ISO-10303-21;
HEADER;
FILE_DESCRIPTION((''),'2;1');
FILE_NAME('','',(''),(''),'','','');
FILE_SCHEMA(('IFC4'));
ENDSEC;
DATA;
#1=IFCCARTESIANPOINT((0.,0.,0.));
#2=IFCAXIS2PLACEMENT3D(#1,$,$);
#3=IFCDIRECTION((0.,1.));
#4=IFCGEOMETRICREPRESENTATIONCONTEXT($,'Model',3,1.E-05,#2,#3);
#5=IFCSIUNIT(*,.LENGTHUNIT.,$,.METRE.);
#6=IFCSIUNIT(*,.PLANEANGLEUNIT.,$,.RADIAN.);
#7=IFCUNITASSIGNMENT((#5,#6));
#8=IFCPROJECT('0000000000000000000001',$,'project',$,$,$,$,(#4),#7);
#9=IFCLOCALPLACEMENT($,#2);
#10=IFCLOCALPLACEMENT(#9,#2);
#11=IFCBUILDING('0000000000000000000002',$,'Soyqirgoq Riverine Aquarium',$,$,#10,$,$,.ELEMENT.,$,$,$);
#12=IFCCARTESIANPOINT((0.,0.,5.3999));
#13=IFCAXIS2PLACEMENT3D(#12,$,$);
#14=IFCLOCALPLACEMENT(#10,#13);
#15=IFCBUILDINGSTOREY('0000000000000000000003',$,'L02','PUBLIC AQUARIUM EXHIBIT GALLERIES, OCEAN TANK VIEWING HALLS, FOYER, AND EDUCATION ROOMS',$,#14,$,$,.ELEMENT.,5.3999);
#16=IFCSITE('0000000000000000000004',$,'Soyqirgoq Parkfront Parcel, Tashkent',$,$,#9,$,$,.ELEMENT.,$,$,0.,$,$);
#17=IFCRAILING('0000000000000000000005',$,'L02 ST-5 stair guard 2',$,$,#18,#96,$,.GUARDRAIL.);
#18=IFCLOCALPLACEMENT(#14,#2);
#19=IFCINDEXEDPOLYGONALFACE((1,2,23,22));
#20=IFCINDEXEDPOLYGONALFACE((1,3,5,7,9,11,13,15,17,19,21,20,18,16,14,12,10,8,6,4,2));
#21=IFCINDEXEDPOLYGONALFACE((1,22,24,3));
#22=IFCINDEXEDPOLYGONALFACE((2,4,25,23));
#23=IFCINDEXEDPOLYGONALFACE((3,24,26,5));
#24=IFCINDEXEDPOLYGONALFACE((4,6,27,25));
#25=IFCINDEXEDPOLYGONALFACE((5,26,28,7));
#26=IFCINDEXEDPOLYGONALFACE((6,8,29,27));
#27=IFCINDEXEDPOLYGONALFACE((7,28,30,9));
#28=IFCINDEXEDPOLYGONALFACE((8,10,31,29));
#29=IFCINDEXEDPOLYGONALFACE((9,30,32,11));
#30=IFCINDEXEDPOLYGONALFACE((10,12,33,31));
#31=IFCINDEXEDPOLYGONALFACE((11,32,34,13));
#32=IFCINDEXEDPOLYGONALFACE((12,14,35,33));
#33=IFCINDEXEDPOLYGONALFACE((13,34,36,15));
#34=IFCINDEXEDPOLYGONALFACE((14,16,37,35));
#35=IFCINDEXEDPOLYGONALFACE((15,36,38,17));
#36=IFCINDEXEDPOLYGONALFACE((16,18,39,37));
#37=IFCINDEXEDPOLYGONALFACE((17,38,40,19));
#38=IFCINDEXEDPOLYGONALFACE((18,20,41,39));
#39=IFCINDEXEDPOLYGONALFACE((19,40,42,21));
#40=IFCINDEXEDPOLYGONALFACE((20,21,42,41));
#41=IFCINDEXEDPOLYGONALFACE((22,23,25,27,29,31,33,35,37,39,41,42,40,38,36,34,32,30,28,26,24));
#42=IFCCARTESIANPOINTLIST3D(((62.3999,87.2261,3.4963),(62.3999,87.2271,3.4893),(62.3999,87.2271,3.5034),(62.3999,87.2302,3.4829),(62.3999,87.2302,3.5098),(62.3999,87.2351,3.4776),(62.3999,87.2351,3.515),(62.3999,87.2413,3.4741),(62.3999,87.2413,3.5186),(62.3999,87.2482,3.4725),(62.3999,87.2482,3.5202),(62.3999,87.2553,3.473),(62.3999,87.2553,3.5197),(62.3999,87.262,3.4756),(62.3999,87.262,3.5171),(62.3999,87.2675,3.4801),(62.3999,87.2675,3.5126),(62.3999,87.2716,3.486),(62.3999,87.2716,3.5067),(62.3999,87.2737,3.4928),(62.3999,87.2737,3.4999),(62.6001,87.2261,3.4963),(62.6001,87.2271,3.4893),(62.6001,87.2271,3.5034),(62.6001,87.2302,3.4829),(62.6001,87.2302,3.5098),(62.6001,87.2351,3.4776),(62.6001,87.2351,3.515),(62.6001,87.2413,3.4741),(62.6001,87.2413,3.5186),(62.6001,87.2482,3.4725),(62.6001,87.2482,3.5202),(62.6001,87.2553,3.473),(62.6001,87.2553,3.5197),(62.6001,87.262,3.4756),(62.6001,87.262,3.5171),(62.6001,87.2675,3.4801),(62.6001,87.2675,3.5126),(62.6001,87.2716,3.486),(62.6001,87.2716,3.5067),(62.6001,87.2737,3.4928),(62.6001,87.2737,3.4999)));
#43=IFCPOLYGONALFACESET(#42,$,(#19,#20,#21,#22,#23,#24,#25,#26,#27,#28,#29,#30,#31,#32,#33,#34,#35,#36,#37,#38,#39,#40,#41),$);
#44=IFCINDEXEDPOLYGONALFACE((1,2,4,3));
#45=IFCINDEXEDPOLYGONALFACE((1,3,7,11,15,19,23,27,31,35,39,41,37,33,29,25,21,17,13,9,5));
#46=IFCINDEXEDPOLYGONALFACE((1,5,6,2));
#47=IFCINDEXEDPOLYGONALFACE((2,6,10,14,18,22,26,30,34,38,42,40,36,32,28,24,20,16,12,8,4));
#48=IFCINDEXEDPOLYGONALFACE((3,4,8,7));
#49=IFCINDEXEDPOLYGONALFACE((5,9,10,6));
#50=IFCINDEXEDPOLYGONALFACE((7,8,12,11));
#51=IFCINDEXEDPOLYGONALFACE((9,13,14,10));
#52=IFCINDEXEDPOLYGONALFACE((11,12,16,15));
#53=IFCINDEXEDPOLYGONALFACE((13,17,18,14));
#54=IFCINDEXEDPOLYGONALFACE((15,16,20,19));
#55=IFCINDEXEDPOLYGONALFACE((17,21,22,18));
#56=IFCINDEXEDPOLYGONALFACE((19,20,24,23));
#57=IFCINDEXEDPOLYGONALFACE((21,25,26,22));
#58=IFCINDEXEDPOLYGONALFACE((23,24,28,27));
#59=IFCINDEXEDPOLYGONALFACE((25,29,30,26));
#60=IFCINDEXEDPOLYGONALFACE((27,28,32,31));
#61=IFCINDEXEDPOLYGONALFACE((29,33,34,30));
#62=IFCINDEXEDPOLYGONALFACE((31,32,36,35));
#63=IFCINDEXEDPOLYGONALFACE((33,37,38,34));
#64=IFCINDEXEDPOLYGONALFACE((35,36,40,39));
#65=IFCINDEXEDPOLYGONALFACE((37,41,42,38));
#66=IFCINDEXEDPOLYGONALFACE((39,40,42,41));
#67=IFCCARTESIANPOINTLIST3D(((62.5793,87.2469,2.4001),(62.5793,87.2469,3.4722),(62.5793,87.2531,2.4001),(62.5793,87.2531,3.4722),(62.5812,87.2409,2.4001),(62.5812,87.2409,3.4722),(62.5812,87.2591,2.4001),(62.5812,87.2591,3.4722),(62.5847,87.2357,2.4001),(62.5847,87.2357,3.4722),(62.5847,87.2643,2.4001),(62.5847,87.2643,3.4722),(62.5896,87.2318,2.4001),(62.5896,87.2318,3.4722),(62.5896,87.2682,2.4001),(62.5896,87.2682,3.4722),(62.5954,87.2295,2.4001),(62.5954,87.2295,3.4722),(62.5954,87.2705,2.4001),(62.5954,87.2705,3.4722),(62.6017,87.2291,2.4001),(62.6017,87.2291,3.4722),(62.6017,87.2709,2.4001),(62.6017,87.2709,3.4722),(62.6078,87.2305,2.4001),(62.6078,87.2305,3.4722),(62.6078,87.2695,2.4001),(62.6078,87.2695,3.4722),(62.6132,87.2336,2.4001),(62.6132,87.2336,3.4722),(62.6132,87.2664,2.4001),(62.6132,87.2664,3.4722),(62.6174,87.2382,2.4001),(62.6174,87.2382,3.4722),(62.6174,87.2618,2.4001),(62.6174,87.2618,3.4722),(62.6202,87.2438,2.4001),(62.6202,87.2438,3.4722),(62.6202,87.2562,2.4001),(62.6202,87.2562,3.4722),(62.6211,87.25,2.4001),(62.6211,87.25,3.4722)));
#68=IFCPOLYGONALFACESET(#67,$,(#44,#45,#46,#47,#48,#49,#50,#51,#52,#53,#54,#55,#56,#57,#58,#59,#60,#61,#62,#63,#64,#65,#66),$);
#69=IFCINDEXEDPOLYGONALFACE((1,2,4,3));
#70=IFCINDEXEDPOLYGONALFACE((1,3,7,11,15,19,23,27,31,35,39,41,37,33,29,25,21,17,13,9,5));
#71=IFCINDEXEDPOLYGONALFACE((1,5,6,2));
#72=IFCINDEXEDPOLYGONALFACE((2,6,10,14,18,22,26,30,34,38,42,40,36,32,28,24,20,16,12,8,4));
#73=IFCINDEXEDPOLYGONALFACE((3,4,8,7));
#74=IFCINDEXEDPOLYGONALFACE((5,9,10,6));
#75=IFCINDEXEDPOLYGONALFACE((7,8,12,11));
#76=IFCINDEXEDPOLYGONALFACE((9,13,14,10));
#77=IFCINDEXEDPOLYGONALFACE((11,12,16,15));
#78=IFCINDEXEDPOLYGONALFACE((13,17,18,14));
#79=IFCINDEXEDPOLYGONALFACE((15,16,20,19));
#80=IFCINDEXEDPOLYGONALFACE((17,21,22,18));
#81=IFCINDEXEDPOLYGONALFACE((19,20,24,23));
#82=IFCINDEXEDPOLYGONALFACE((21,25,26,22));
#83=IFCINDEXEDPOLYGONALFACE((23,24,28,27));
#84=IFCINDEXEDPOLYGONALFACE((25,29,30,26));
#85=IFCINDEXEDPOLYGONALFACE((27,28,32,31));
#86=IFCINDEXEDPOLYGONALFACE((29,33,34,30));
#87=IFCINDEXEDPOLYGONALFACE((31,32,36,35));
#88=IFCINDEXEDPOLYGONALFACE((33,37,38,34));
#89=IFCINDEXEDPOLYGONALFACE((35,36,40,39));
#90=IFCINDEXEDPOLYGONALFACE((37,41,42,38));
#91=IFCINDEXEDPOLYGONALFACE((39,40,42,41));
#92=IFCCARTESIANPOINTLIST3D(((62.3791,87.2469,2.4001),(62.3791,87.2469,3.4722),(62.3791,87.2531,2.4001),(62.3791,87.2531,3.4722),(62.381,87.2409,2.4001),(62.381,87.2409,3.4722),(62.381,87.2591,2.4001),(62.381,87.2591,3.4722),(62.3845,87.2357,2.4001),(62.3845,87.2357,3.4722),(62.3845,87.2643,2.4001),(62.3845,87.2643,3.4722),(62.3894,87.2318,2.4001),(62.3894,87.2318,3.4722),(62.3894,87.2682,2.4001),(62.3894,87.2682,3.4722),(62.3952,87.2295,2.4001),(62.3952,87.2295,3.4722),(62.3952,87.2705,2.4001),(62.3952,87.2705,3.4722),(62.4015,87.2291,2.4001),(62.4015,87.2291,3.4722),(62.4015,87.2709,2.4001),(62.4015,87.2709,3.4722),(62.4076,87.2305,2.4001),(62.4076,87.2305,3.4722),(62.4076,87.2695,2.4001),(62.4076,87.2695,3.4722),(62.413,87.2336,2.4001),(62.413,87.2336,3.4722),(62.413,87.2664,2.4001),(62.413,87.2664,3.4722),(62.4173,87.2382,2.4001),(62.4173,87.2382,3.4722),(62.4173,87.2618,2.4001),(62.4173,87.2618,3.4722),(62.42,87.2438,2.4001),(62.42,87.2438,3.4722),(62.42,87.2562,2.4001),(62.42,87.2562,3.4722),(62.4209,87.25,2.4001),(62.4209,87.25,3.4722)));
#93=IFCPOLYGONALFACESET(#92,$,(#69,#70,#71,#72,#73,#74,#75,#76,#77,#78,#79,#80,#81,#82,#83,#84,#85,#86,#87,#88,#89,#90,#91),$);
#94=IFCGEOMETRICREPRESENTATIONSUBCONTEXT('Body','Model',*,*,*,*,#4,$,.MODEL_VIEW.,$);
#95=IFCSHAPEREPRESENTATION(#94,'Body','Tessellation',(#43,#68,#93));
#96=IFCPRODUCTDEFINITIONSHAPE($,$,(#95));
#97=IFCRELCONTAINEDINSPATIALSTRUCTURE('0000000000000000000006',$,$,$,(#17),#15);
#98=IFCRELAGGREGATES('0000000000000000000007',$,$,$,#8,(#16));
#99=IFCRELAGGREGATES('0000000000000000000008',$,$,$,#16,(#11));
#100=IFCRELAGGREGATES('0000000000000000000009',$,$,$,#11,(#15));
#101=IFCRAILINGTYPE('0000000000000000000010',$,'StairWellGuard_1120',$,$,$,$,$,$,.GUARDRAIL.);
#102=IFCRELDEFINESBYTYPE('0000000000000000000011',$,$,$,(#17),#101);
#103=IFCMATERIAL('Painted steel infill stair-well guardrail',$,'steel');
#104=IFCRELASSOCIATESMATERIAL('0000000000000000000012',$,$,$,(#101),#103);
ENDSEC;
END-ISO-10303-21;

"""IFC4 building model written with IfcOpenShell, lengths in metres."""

from ifc_helpers import new_model, si_unit, direction, frame, origin, origin_2d, place, context, subcontext, project, spatial, circle, extrude, material, type_object, element, save


model = new_model("IFC4")

# Units and contexts
model_context = context("Model", 3, precision=1e-05, world=origin(), true_north=direction((0.0, 1.0)))
body_context = subcontext(model_context, "Body", "Model", "MODEL_VIEW")
ifc_project = project(units=[si_unit("LENGTHUNIT", "METRE"), si_unit("PLANEANGLEUNIT", "RADIAN")], contexts=[model_context])

# Site, building, storey
site_placement = place(None, origin())
site = spatial("IfcSite", under=ifc_project, at=site_placement, Name="Soyqirgoq Parkfront Parcel, Tashkent", CompositionType="ELEMENT", RefElevation=0.0)
building_placement = place(site_placement, origin())
building = spatial("IfcBuilding", under=site, at=building_placement, Name="Soyqirgoq Riverine Aquarium", CompositionType="ELEMENT")
storey_placement = place(building_placement, frame((0.0, 0.0, 5.3999)))
storey = spatial("IfcBuildingStorey", under=building, at=storey_placement, Name="L02", Description="PUBLIC AQUARIUM EXHIBIT GALLERIES, OCEAN TANK VIEWING HALLS, FOYER, AND EDUCATION ROOMS", CompositionType="ELEMENT", Elevation=5.3999)

# Railing
ifc_material_1 = material(Name="Painted steel infill stair-well guardrail", Category="steel")
railing_type_1 = type_object("IfcRailingType", Name="StairWellGuard_1120", PredefinedType="GUARDRAIL", material=ifc_material_1)
railing_1_placement = place(storey_placement, frame((62.6001, 87.25, 2.4001)))
element("IfcRailing", 1, at=railing_1_placement, inside=storey, type_object=railing_type_1, Name="L02 ST-5 stair guard 2", PredefinedType="GUARDRAIL", context=body_context, shape_type="SweptSolid", body=[
    extrude(circle(Radius=0.0239, at=origin_2d()), frame((0.0, 0.0, 1.0962), z_axis=(-1.0, 0.0, 0.0), x_axis=(0.0, -1.0, 0.0)), (0.0, 0.0, 1.0), 0.2002),
    extrude(circle(Radius=0.021, at=origin_2d()), origin(), (0.0, 0.0, 1.0), 1.072),
    extrude(circle(Radius=0.021, at=origin_2d()), frame((-0.2002, 0.0, 0.0)), (0.0, 0.0, 1.0), 1.072),
])

save(model, "model.ifc")
